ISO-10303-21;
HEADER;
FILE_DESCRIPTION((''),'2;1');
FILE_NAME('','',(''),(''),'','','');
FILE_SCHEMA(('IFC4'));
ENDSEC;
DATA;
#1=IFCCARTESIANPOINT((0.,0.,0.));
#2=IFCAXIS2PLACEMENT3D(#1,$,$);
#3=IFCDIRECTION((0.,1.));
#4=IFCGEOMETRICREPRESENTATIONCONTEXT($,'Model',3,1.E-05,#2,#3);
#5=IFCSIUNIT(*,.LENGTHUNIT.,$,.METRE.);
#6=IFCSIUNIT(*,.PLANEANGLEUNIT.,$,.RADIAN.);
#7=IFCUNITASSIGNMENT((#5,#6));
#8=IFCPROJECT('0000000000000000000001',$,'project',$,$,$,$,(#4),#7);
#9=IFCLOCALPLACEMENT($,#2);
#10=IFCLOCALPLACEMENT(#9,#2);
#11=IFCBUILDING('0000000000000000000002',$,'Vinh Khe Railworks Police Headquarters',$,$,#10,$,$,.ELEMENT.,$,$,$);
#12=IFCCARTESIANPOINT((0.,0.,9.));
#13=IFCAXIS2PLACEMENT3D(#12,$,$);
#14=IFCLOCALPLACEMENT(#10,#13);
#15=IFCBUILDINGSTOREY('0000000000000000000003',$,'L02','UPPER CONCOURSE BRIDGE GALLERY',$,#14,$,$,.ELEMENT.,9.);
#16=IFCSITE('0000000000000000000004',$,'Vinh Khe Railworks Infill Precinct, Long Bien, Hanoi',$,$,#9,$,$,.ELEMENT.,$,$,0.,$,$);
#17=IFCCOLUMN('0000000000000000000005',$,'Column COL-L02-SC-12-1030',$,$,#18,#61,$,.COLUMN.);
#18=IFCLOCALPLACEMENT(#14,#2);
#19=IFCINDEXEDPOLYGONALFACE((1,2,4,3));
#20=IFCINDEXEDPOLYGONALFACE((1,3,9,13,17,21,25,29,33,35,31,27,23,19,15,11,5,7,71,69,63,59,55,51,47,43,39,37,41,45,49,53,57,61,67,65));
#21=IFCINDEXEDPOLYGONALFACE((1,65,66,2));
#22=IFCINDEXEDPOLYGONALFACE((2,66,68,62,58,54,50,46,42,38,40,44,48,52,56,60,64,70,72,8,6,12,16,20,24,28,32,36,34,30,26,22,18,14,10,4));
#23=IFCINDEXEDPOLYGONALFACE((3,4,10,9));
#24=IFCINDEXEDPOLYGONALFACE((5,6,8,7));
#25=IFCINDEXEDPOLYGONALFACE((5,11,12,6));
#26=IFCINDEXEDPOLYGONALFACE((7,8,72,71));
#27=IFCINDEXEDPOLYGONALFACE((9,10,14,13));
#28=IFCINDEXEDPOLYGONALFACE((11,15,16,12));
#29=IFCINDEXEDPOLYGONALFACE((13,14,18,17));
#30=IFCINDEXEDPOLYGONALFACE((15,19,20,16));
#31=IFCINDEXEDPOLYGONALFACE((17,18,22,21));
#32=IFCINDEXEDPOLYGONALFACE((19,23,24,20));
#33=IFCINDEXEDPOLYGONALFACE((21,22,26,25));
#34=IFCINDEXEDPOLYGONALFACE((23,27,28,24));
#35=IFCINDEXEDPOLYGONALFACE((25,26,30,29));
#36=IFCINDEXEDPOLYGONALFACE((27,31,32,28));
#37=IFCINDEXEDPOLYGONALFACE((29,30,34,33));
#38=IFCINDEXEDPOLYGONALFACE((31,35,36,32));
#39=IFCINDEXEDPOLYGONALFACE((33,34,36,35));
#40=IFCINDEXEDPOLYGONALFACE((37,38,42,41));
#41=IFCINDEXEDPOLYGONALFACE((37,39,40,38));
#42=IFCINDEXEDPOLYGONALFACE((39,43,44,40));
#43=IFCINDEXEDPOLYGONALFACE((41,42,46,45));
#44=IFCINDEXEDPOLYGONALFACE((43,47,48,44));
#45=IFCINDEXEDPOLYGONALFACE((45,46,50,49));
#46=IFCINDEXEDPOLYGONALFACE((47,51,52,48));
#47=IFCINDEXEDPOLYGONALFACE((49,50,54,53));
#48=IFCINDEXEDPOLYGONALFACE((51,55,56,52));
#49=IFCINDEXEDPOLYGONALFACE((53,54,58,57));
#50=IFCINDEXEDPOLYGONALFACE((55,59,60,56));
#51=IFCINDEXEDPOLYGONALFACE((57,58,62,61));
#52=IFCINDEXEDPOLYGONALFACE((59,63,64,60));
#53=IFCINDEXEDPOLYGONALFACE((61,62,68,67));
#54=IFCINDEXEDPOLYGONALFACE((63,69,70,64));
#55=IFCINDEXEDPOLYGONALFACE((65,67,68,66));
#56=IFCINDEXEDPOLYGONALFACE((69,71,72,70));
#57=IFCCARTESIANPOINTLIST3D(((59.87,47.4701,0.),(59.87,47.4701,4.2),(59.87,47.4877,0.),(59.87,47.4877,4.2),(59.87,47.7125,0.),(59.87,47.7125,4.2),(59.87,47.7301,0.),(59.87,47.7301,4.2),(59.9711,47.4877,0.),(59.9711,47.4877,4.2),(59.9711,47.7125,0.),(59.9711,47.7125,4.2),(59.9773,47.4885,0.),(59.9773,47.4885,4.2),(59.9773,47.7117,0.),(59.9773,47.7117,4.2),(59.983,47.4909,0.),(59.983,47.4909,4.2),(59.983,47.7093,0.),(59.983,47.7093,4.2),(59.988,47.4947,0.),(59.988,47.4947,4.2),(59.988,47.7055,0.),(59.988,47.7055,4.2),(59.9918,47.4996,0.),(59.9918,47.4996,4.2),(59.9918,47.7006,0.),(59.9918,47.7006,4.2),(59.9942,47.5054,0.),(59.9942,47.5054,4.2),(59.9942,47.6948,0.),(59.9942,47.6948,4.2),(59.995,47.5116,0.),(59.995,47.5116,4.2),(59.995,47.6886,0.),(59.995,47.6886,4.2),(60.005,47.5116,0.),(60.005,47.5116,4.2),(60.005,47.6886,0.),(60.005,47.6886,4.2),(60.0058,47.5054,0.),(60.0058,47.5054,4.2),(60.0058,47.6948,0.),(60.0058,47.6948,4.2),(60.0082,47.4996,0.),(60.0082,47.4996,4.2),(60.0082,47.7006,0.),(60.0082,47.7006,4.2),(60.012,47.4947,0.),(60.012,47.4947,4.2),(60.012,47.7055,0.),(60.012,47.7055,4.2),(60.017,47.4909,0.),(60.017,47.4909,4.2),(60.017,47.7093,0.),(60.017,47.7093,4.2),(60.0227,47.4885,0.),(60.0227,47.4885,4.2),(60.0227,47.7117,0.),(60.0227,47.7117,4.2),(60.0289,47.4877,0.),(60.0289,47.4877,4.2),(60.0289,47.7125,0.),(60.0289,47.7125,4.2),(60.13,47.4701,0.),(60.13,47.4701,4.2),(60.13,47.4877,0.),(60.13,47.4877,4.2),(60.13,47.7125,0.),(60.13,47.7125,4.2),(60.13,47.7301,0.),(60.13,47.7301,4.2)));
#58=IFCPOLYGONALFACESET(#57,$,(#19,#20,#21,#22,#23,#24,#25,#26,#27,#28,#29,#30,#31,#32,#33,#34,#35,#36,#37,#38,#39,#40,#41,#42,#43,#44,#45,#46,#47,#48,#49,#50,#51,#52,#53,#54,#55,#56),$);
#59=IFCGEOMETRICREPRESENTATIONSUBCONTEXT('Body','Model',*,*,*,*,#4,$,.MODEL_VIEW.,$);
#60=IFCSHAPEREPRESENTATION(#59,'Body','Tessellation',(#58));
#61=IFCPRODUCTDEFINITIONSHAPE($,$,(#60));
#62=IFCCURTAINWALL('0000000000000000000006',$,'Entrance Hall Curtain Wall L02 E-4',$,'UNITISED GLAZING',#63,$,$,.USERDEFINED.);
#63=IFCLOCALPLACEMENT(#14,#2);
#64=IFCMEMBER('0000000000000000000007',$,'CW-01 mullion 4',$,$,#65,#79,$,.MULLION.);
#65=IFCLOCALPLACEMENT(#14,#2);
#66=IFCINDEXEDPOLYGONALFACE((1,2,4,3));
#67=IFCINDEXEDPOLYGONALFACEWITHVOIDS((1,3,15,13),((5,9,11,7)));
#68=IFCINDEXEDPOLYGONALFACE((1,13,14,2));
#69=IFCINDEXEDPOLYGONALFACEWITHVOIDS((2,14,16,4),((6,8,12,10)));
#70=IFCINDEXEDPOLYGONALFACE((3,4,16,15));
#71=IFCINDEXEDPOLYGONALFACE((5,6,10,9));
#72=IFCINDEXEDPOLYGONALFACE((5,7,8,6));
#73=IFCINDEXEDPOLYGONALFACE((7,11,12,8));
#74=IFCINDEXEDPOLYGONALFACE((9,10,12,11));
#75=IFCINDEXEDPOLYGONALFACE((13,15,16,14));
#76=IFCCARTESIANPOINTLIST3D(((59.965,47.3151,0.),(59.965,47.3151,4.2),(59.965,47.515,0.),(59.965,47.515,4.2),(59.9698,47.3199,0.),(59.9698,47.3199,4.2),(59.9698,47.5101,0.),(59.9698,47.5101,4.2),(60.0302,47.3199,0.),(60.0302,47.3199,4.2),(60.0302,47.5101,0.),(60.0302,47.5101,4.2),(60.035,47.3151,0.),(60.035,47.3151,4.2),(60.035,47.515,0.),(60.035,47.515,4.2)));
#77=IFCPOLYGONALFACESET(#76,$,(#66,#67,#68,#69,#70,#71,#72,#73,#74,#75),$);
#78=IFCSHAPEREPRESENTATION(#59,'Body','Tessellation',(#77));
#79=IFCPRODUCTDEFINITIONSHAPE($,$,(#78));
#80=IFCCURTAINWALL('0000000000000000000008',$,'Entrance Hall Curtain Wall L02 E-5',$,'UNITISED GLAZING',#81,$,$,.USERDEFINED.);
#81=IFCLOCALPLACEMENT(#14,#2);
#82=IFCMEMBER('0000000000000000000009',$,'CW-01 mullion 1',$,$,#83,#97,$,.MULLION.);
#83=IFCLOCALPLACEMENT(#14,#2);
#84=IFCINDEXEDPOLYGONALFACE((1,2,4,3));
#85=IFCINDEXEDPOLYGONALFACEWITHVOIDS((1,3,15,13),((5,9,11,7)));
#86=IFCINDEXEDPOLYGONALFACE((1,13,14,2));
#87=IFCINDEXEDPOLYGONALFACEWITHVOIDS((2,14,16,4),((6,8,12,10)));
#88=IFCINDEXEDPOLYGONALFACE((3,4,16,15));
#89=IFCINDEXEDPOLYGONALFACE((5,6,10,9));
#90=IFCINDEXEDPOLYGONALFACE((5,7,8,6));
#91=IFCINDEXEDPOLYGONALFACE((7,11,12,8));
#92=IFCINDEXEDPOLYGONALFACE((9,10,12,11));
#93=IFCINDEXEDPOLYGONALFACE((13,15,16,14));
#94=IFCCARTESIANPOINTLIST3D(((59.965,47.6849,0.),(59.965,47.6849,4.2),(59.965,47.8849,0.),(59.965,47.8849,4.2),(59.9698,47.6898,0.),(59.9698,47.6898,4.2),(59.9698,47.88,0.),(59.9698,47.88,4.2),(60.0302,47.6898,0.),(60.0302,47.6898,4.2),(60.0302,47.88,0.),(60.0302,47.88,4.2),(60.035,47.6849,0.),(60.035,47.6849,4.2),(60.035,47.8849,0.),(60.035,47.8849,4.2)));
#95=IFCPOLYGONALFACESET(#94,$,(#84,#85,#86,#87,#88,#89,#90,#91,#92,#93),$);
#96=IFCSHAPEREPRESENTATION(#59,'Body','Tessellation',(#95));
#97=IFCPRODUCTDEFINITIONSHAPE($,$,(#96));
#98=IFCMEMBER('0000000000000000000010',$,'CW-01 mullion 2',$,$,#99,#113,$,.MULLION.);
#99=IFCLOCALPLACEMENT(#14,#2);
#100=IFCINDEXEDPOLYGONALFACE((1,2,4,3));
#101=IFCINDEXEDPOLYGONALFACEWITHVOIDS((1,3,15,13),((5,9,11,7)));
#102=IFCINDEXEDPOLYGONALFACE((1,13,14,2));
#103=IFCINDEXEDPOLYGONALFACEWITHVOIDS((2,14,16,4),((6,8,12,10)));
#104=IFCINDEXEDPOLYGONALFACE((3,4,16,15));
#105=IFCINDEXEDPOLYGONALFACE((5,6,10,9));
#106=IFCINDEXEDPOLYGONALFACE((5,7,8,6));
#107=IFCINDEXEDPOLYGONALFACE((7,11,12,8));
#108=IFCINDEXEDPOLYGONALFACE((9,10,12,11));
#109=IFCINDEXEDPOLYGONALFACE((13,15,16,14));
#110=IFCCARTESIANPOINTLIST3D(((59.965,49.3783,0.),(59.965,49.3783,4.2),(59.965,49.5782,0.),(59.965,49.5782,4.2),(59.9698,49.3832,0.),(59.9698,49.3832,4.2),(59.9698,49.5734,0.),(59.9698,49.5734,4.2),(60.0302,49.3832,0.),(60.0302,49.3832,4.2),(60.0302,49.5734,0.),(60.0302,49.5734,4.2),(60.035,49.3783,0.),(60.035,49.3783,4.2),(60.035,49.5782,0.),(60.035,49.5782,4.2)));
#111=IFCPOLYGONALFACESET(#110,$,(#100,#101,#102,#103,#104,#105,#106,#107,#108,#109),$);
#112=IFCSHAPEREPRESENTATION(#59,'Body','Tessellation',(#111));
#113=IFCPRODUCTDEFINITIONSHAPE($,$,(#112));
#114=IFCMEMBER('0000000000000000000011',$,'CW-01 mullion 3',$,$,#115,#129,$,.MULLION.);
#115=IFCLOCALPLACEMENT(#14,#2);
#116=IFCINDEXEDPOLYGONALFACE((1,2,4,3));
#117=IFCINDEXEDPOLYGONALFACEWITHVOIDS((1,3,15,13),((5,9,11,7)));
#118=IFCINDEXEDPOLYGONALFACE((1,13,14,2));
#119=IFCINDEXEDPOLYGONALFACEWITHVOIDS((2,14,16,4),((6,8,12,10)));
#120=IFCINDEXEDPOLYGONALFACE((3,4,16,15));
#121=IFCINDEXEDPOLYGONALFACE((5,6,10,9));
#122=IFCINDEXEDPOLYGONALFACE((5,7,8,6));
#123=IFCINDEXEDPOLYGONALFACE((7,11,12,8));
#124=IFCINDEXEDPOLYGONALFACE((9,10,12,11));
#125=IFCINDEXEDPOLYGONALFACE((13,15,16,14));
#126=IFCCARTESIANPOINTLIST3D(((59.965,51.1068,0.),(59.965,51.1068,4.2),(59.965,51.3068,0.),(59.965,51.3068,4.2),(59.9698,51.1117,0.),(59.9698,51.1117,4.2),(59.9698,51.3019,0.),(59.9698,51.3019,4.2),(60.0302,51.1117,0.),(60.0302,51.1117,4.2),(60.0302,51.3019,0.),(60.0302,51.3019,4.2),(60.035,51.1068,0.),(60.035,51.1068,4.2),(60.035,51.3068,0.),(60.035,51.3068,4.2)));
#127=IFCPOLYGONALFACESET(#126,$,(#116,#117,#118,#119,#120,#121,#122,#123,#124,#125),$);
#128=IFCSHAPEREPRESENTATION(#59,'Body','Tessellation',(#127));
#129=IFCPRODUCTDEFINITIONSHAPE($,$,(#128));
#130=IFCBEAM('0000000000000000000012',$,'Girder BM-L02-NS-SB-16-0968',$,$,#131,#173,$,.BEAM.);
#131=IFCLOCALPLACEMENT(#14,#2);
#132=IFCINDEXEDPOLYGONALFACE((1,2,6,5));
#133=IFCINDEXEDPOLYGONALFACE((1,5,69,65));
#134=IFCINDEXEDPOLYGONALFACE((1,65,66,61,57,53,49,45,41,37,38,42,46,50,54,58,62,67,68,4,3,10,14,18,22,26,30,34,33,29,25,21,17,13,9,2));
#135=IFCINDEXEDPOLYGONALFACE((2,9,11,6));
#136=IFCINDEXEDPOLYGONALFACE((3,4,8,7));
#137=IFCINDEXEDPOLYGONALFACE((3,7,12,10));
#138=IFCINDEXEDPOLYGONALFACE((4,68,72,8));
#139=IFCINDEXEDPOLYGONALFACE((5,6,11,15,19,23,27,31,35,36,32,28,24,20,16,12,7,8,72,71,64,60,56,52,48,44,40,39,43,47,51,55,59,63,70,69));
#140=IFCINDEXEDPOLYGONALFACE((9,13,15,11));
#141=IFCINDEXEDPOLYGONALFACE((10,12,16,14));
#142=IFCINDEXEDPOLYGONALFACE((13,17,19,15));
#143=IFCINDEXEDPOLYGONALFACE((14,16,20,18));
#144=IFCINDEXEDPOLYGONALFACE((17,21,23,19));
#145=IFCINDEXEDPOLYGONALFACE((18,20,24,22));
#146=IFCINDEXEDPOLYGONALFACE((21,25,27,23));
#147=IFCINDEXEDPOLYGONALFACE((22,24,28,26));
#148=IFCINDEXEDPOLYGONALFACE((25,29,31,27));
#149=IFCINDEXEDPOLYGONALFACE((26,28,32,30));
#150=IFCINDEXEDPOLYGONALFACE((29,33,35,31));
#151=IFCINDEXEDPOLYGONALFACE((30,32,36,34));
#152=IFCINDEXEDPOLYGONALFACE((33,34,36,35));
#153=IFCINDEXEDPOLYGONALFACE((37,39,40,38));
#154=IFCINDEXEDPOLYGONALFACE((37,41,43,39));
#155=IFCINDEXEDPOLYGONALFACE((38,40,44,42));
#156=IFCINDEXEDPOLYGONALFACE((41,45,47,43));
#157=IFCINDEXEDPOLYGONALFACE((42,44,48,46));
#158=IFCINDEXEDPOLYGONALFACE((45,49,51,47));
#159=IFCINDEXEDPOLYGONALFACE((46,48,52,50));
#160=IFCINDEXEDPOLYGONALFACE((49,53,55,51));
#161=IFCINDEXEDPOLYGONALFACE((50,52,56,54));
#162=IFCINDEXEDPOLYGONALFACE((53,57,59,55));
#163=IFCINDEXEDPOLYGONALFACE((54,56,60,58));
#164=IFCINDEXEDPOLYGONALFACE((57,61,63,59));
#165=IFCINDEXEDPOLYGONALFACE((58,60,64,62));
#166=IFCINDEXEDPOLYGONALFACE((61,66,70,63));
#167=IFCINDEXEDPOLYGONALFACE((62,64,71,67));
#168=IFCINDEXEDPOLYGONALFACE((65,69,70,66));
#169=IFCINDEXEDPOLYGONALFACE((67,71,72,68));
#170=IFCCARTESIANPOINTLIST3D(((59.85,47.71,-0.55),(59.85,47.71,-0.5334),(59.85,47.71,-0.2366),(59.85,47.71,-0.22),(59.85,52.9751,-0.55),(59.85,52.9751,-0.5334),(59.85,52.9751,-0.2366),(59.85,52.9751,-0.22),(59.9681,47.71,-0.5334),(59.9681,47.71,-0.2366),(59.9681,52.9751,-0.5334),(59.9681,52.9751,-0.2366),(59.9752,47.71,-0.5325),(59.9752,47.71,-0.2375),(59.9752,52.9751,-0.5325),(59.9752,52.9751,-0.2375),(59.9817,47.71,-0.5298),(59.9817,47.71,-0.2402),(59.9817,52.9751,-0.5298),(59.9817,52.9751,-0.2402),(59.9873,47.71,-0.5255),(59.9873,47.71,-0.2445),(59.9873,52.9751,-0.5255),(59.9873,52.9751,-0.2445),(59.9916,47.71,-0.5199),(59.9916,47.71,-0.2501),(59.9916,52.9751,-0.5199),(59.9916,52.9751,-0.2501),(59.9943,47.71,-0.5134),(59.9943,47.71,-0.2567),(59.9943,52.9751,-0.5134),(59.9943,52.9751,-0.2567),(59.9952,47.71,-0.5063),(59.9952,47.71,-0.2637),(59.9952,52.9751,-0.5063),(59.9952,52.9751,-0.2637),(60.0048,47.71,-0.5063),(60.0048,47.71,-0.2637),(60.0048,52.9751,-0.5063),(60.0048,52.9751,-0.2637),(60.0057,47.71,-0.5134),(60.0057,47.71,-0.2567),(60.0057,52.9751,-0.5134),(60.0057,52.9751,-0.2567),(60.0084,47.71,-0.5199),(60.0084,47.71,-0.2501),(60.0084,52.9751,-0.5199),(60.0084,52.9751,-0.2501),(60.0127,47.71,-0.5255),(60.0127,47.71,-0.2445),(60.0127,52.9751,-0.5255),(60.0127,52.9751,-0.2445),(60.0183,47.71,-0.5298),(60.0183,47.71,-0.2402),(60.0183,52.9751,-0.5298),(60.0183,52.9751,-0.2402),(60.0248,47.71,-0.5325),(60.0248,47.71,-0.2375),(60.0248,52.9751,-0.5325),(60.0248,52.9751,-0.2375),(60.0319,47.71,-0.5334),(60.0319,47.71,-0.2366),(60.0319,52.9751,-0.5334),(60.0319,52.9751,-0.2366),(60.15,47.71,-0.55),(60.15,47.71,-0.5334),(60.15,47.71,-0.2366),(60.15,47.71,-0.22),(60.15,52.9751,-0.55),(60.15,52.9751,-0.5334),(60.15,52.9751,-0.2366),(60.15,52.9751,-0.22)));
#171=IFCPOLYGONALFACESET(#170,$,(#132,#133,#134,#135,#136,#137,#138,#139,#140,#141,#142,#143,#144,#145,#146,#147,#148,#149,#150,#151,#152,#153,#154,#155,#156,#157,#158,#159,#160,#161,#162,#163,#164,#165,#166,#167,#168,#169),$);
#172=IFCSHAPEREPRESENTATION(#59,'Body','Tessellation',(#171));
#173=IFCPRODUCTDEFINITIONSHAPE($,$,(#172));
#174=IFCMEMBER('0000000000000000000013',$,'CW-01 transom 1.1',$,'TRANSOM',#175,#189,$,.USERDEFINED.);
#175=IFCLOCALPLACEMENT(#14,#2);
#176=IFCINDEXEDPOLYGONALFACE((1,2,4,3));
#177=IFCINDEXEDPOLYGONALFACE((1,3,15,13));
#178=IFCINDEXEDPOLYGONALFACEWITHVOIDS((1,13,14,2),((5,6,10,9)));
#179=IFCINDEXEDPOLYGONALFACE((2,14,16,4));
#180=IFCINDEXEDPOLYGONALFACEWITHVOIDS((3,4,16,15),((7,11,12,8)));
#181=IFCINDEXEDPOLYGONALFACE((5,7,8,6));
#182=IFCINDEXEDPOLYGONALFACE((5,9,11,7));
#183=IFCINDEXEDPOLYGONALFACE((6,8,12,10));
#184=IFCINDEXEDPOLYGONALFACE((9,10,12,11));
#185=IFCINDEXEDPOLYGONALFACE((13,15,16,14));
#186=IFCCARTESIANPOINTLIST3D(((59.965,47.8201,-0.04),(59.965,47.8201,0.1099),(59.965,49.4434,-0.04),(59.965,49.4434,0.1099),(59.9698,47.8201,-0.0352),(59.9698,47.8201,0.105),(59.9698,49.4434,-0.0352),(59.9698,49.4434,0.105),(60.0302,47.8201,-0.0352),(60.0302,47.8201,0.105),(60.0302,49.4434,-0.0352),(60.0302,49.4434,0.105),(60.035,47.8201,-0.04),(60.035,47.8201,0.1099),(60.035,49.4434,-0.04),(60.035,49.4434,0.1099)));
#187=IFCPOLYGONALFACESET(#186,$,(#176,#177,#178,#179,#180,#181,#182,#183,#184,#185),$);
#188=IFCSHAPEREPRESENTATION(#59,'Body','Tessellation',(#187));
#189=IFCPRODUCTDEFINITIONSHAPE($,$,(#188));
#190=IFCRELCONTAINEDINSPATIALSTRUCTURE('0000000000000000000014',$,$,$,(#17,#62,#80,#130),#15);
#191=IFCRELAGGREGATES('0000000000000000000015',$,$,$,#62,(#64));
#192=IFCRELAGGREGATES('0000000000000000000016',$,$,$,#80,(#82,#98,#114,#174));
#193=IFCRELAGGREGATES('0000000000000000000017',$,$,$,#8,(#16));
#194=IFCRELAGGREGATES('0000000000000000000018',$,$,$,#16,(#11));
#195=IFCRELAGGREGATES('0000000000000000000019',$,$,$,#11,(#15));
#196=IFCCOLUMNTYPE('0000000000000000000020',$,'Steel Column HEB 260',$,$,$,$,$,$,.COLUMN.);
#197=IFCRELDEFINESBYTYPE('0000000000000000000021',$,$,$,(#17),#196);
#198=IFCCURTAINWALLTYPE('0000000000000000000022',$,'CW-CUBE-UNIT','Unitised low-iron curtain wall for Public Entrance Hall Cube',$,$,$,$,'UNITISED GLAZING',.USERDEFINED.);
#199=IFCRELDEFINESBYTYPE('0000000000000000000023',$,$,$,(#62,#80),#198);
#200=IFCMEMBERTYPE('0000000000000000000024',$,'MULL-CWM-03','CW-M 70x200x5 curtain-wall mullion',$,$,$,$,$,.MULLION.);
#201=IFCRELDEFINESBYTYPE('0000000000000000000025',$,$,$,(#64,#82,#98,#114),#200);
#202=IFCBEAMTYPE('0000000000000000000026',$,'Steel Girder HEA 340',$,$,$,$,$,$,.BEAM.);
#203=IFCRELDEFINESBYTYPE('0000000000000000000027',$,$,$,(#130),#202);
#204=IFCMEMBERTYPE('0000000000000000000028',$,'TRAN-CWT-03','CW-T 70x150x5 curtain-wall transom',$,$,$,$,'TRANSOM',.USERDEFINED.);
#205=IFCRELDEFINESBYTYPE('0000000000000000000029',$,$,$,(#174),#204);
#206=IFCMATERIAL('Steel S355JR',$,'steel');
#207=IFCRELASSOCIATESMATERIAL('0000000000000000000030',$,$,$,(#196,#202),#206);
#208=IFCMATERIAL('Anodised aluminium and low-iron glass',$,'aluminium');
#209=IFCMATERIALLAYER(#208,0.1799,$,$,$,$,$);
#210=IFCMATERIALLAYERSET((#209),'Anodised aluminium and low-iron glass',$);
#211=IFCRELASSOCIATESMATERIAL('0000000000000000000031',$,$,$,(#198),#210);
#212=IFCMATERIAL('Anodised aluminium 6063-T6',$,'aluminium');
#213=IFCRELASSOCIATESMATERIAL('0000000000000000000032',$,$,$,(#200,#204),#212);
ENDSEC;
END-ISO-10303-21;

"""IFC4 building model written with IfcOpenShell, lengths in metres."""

from ifc_helpers import new_model, si_unit, direction, frame, origin, origin_2d, place, context, subcontext, project, spatial, hollow_rectangle, i_section, extrude, material, layer, layer_set, material_profile, profile_set, type_object, element, aggregate, save


model = new_model("IFC4")

# Units and contexts
model_context = context("Model", 3, precision=1e-05, world=origin(), true_north=direction((0.0, 1.0)))
body_context = subcontext(model_context, "Body", "Model", "MODEL_VIEW")
ifc_project = project(units=[si_unit("LENGTHUNIT", "METRE"), si_unit("PLANEANGLEUNIT", "RADIAN")], contexts=[model_context])

# Site, building, storey
site_placement = place(None, origin())
site = spatial("IfcSite", under=ifc_project, at=site_placement, Name="Vinh Khe Railworks Infill Precinct, Long Bien, Hanoi", CompositionType="ELEMENT", RefElevation=0.0)
building_placement = place(site_placement, origin())
building = spatial("IfcBuilding", under=site, at=building_placement, Name="Vinh Khe Railworks Police Headquarters", CompositionType="ELEMENT")
storey_placement = place(building_placement, frame((0.0, 0.0, 9.0)))
storey = spatial("IfcBuildingStorey", under=building, at=storey_placement, Name="L02", Description="UPPER CONCOURSE BRIDGE GALLERY", CompositionType="ELEMENT", Elevation=9.0)

# Column
ifc_material_1 = material(Name="Steel S355JR", Category="steel")
ifc_material_profile_1 = material_profile(ifc_material_1, i_section(OverallWidth=0.26, OverallDepth=0.26, WebThickness=0.01, FlangeThickness=0.0176, FilletRadius=0.0239, at=origin_2d()), Name="HEB 260")
ifc_profile_set_1 = profile_set([ifc_material_profile_1], Name="Steel S355JR")
column_type = type_object("IfcColumnType", Name="Steel Column HEB 260", PredefinedType="COLUMN", material=ifc_profile_set_1)
column_placement = place(storey_placement, frame((60.0, 47.6001, 0.0), z_axis=(0.0, 0.0, 1.0), x_axis=(1.0, 0.0, 0.0)))
element("IfcColumn", 1, at=column_placement, inside=storey, type_object=column_type, Name="Column COL-L02-SC-12-1030", PredefinedType="COLUMN", context=body_context, shape_type="SweptSolid", body=[
    extrude(i_section(OverallWidth=0.26, OverallDepth=0.26, WebThickness=0.01, FlangeThickness=0.0176, FilletRadius=0.0239, at=origin_2d()), origin(), (0.0, 0.0, 1.0), 4.2),
])

# Curtain wall, member
ifc_material_2 = material(Name="Anodised aluminium and low-iron glass", Category="aluminium")
ifc_layer_1 = layer(ifc_material_2, 0.1799)
ifc_layer_set_1 = layer_set([ifc_layer_1], Name="Anodised aluminium and low-iron glass")
curtain_wall_type = type_object("IfcCurtainWallType", Name="CW-CUBE-UNIT", Description="Unitised low-iron curtain wall for Public Entrance Hall Cube", ElementType="UNITISED GLAZING", PredefinedType="USERDEFINED", material=ifc_layer_set_1)
curtain_wall_1_placement = place(storey_placement, origin())
curtain_wall_1 = element("IfcCurtainWall", 2, at=curtain_wall_1_placement, inside=storey, type_object=curtain_wall_type, Name="Entrance Hall Curtain Wall L02 E-4", ObjectType="UNITISED GLAZING", PredefinedType="USERDEFINED")
ifc_material_3 = material(Name="Anodised aluminium 6063-T6", Category="aluminium")
ifc_material_profile_2 = material_profile(ifc_material_3, hollow_rectangle(XDim=0.0701, YDim=0.2, WallThickness=0.0049, at=origin_2d()), Name="CW-M 70x200x5")
ifc_profile_set_2 = profile_set([ifc_material_profile_2], Name="Anodised aluminium 6063-T6")
member_type_1 = type_object("IfcMemberType", Name="MULL-CWM-03", Description="CW-M 70x200x5 curtain-wall mullion", PredefinedType="MULLION", material=ifc_profile_set_2)
member_1_placement = place(storey_placement, frame((60.0, 47.415, 0.0), z_axis=(0.0, 0.0, 1.0), x_axis=(-1.0, 0.0, 0.0)))
member_1 = element("IfcMember", 3, at=member_1_placement, type_object=member_type_1, Name="CW-01 mullion 4", PredefinedType="MULLION", context=body_context, shape_type="SweptSolid", body=[
    extrude(hollow_rectangle(XDim=0.0701, YDim=0.2, WallThickness=0.0049, at=origin_2d()), origin(), (0.0, 0.0, 1.0), 4.2),
])

# Curtain wall, members
curtain_wall_2_placement = place(storey_placement, origin())
curtain_wall_2 = element("IfcCurtainWall", 4, at=curtain_wall_2_placement, inside=storey, type_object=curtain_wall_type, Name="Entrance Hall Curtain Wall L02 E-5", ObjectType="UNITISED GLAZING", PredefinedType="USERDEFINED")
member_2_placement = place(storey_placement, frame((60.0, 47.7849, 0.0), z_axis=(0.0, 0.0, 1.0), x_axis=(-1.0, 0.0, 0.0)))
member_2 = element("IfcMember", 5, at=member_2_placement, type_object=member_type_1, Name="CW-01 mullion 1", PredefinedType="MULLION", context=body_context, shape_type="SweptSolid", body=[
    extrude(hollow_rectangle(XDim=0.0701, YDim=0.2, WallThickness=0.0049, at=origin_2d()), origin(), (0.0, 0.0, 1.0), 4.2),
])
member_3_placement = place(storey_placement, frame((60.0, 49.4783, 0.0), z_axis=(0.0, 0.0, 1.0), x_axis=(-1.0, 0.0, 0.0)))
member_3 = element("IfcMember", 6, at=member_3_placement, type_object=member_type_1, Name="CW-01 mullion 2", PredefinedType="MULLION", context=body_context, shape_type="SweptSolid", body=[
    extrude(hollow_rectangle(XDim=0.0701, YDim=0.2, WallThickness=0.0049, at=origin_2d()), origin(), (0.0, 0.0, 1.0), 4.2),
])
member_4_placement = place(storey_placement, frame((60.0, 51.2068, 0.0), z_axis=(0.0, 0.0, 1.0), x_axis=(-1.0, 0.0, 0.0)))
member_4 = element("IfcMember", 7, at=member_4_placement, type_object=member_type_1, Name="CW-01 mullion 3", PredefinedType="MULLION", context=body_context, shape_type="SweptSolid", body=[
    extrude(hollow_rectangle(XDim=0.0701, YDim=0.2, WallThickness=0.0049, at=origin_2d()), origin(), (0.0, 0.0, 1.0), 4.2),
])

# Beam
ifc_material_profile_3 = material_profile(ifc_material_1, i_section(OverallWidth=0.3, OverallDepth=0.3301, WebThickness=0.0095, FlangeThickness=0.0166, FilletRadius=0.0271, at=origin_2d()), Name="HEA 340")
ifc_profile_set_3 = profile_set([ifc_material_profile_3], Name="Steel S355JR")
beam_type = type_object("IfcBeamType", Name="Steel Girder HEA 340", PredefinedType="BEAM", material=ifc_profile_set_3)
beam_placement = place(storey_placement, frame((60.0, 47.71, -0.385), z_axis=(0.0, 1.0, 0.0), x_axis=(-1.0, 0.0, 0.0)))
element("IfcBeam", 8, at=beam_placement, inside=storey, type_object=beam_type, Name="Girder BM-L02-NS-SB-16-0968", PredefinedType="BEAM", context=body_context, shape_type="SweptSolid", body=[
    extrude(i_section(OverallWidth=0.3, OverallDepth=0.3301, WebThickness=0.0095, FlangeThickness=0.0166, FilletRadius=0.0271, at=origin_2d()), origin(), (0.0, 0.0, 1.0), 5.2651),
])

# Member
ifc_material_profile_4 = material_profile(ifc_material_3, hollow_rectangle(XDim=0.0701, YDim=0.1499, WallThickness=0.0049, at=origin_2d()), Name="CW-T 70x150x5")
ifc_profile_set_4 = profile_set([ifc_material_profile_4], Name="Anodised aluminium 6063-T6")
member_type_2 = type_object("IfcMemberType", Name="TRAN-CWT-03", Description="CW-T 70x150x5 curtain-wall transom", ElementType="TRANSOM", PredefinedType="USERDEFINED", material=ifc_profile_set_4)
member_5_placement = place(storey_placement, frame((60.0, 47.8201, 0.0349), z_axis=(0.0, 1.0, 0.0), x_axis=(-1.0, 0.0, 0.0)))
member_5 = element("IfcMember", 9, at=member_5_placement, type_object=member_type_2, Name="CW-01 transom 1.1", ObjectType="TRANSOM", PredefinedType="USERDEFINED", context=body_context, shape_type="SweptSolid", body=[
    extrude(hollow_rectangle(XDim=0.0701, YDim=0.1499, WallThickness=0.0049, at=origin_2d()), origin(), (0.0, 0.0, 1.0), 1.6233),
])

aggregate(curtain_wall_1, [member_1])
aggregate(curtain_wall_2, [member_2, member_3, member_4, member_5])

save(model, "model.ifc")
